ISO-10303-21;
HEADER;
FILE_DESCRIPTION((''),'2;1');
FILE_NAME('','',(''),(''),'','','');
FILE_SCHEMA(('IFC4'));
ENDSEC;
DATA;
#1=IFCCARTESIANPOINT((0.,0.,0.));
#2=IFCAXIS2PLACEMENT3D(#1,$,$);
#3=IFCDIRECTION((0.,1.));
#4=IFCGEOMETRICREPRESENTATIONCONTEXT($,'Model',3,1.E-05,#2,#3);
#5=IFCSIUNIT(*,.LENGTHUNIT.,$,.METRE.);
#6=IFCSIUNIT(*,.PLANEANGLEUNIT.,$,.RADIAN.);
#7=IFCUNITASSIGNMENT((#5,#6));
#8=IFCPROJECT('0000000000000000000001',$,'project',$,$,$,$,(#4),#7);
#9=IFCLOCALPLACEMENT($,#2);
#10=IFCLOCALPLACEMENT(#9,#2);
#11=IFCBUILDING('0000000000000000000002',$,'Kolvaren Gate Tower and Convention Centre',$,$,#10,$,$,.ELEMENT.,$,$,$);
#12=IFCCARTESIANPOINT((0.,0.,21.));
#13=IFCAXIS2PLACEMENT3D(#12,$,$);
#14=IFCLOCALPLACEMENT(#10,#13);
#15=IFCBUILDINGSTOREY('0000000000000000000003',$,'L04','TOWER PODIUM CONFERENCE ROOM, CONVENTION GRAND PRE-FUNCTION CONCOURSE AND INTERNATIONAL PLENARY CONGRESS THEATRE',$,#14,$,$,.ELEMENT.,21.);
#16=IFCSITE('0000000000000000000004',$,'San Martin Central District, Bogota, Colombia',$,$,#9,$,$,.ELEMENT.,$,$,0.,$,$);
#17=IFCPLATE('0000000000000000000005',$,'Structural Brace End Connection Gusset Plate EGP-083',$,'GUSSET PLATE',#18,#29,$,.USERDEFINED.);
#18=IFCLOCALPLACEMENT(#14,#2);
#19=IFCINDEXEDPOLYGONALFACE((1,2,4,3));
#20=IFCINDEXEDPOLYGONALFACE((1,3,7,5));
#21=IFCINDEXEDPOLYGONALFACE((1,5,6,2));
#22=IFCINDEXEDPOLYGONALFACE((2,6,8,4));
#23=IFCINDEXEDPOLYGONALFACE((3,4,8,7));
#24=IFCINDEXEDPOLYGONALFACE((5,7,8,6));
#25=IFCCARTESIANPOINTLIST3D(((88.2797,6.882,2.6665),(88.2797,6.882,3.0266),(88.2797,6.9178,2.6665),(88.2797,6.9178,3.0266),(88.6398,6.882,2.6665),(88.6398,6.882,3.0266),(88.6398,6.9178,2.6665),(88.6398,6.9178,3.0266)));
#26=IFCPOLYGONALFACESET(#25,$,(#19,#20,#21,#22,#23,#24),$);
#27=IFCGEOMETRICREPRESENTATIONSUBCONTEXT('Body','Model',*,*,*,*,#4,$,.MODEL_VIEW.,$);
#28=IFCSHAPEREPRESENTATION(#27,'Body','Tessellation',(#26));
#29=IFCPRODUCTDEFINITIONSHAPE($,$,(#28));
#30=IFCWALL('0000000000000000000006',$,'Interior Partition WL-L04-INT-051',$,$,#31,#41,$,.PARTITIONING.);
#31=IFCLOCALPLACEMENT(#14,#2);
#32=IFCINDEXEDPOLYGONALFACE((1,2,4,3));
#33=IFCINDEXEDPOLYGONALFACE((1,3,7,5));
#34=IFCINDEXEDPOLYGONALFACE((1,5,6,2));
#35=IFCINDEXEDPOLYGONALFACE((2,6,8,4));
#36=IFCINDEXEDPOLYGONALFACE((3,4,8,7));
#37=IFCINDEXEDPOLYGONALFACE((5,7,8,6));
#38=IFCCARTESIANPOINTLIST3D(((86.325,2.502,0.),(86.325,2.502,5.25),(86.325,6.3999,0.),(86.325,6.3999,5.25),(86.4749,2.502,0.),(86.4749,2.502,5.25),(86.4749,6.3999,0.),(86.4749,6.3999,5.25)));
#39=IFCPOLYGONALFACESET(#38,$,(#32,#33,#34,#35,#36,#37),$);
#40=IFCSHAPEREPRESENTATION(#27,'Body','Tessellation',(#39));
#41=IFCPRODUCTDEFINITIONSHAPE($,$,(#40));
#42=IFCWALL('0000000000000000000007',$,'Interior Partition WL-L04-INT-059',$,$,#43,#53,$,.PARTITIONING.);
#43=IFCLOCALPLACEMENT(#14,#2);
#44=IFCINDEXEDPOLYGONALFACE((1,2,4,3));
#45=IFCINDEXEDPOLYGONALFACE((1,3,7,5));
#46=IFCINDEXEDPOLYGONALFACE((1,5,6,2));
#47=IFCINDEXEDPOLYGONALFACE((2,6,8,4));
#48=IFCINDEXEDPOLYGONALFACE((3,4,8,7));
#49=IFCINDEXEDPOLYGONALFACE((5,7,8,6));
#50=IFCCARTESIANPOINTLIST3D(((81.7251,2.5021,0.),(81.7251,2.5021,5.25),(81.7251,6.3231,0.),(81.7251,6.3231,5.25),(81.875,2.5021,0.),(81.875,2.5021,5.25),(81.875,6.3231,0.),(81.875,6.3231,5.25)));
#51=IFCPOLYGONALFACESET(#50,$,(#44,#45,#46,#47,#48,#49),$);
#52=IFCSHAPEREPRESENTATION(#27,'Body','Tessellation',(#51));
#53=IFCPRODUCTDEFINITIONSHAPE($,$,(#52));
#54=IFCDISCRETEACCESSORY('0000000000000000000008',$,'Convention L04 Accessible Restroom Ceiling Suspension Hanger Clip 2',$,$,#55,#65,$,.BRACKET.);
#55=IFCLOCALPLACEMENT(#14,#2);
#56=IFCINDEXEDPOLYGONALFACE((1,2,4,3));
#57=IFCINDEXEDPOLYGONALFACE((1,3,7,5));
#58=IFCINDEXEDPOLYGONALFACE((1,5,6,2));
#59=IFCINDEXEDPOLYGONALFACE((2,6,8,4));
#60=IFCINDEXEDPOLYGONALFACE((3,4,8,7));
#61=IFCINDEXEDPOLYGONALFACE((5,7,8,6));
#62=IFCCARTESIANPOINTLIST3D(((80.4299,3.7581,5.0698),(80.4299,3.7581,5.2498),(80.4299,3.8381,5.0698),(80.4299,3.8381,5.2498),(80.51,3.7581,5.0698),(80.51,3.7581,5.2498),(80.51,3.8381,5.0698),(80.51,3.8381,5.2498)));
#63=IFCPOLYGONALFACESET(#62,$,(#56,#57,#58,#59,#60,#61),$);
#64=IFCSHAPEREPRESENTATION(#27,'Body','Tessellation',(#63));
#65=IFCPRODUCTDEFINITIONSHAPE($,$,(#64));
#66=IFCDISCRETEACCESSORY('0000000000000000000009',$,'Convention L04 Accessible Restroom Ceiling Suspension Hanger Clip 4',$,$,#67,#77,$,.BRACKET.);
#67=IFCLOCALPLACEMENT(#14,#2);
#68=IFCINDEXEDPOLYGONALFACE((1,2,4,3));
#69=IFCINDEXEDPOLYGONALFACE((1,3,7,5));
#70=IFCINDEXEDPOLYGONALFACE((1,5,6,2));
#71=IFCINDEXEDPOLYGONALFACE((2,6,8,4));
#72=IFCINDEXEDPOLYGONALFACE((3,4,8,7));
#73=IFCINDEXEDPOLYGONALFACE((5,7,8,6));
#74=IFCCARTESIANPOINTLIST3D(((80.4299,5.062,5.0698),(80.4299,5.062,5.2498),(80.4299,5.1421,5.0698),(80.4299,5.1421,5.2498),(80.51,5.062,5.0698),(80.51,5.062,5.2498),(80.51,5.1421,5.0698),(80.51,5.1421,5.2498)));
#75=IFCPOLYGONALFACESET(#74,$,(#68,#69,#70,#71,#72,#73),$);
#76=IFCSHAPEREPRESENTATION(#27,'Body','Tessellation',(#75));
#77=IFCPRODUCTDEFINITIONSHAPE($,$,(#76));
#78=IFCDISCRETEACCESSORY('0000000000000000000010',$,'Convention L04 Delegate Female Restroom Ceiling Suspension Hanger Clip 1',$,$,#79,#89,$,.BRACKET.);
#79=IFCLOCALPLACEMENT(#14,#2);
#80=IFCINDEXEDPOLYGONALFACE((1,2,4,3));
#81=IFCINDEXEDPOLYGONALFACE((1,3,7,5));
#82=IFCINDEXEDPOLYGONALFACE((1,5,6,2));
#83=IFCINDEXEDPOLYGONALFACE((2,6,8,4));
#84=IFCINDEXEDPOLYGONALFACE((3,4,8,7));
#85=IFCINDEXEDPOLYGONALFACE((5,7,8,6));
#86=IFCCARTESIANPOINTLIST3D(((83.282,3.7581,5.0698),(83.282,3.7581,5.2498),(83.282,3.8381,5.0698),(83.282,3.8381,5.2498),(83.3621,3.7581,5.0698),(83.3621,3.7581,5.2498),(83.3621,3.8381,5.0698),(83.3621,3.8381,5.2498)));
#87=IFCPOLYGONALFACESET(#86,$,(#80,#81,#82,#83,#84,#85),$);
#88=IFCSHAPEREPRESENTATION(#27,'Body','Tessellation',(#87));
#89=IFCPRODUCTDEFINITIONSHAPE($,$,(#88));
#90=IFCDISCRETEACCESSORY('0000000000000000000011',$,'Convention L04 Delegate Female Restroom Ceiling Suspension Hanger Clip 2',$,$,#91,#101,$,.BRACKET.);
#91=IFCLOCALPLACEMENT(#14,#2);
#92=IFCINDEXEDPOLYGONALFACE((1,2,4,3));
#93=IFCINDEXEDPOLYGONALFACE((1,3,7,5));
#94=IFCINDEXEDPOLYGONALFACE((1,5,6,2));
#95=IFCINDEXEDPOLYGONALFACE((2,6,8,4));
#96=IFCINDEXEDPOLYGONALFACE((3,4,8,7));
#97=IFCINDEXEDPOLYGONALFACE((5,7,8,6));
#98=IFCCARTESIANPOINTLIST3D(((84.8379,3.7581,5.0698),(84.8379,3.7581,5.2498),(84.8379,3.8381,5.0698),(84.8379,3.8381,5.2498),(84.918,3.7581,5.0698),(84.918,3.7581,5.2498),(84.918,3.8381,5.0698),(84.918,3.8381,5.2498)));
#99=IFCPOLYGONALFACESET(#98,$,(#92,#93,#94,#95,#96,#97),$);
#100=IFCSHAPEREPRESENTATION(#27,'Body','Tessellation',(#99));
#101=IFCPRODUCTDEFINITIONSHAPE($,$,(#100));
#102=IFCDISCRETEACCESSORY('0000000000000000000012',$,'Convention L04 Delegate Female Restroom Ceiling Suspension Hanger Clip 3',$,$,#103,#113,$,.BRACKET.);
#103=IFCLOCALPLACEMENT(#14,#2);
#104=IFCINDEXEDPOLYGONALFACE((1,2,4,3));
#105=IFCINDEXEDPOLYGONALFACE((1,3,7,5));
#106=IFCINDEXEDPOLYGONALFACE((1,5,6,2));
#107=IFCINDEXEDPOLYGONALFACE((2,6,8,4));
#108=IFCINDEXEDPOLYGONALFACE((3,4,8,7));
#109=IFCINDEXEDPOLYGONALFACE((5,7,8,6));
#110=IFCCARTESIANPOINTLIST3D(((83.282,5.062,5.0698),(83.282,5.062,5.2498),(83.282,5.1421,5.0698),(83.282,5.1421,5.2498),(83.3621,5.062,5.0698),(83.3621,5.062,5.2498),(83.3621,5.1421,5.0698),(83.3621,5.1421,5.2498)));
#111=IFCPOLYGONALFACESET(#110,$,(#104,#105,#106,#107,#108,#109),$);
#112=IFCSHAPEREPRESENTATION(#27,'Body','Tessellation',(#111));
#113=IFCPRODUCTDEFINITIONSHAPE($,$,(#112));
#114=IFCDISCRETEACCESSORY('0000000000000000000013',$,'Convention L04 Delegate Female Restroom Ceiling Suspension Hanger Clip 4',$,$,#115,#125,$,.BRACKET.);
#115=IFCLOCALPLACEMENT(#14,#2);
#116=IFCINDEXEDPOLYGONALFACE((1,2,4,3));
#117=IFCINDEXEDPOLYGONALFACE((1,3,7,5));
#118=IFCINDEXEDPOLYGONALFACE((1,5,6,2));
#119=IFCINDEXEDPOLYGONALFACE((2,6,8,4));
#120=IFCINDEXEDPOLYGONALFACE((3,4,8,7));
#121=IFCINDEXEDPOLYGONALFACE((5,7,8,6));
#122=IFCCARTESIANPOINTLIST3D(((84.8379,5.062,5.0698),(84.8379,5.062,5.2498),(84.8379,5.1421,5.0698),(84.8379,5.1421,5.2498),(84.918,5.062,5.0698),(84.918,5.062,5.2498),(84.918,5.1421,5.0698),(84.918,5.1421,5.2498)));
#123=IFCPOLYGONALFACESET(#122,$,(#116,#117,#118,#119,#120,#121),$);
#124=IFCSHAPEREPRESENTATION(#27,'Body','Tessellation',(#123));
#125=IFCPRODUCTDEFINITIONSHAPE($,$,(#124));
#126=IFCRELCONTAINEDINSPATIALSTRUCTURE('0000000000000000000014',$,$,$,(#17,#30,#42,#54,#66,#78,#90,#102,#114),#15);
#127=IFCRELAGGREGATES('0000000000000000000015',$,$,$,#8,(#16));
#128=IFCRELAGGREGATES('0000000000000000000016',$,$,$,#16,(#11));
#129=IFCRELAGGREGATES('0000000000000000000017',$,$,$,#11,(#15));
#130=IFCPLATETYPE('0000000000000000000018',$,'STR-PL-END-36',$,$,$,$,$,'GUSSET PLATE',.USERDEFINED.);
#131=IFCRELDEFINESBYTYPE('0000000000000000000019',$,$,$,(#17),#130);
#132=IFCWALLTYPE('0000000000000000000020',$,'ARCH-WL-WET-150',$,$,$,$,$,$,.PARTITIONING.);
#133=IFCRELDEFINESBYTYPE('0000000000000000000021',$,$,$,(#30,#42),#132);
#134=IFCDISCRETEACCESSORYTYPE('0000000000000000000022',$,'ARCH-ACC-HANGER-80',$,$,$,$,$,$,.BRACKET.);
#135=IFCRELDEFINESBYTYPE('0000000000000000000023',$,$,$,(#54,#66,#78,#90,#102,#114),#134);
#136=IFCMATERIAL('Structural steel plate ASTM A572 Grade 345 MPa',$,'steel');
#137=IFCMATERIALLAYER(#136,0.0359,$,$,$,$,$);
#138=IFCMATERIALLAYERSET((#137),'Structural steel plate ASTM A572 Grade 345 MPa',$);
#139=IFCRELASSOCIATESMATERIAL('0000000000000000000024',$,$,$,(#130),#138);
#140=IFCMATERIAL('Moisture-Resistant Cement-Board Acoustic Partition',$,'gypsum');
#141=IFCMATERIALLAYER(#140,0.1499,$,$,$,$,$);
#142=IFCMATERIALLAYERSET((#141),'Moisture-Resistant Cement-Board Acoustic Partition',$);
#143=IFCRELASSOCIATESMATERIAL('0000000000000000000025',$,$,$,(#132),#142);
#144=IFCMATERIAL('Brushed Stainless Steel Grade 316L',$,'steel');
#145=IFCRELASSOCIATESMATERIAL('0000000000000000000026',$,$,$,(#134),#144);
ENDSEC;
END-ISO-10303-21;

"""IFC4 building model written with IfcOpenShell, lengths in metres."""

from ifc_helpers import new_model, si_unit, direction, frame, frame_2d, origin, origin_2d, place, context, subcontext, project, spatial, rectangle, extrude, material, layer, layer_set, type_object, element, save


model = new_model("IFC4")

# Units and contexts
model_context = context("Model", 3, precision=1e-05, world=origin(), true_north=direction((0.0, 1.0)))
body_context = subcontext(model_context, "Body", "Model", "MODEL_VIEW")
ifc_project = project(units=[si_unit("LENGTHUNIT", "METRE"), si_unit("PLANEANGLEUNIT", "RADIAN")], contexts=[model_context])

# Site, building, storey
site_placement = place(None, origin())
site = spatial("IfcSite", under=ifc_project, at=site_placement, Name="San Martin Central District, Bogota, Colombia", CompositionType="ELEMENT", RefElevation=0.0)
building_placement = place(site_placement, origin())
building = spatial("IfcBuilding", under=site, at=building_placement, Name="Kolvaren Gate Tower and Convention Centre", CompositionType="ELEMENT")
storey_placement = place(building_placement, frame((0.0, 0.0, 21.0)))
storey = spatial("IfcBuildingStorey", under=building, at=storey_placement, Name="L04", Description="TOWER PODIUM CONFERENCE ROOM, CONVENTION GRAND PRE-FUNCTION CONCOURSE AND INTERNATIONAL PLENARY CONGRESS THEATRE", CompositionType="ELEMENT", Elevation=21.0)

# Plate
ifc_material_1 = material(Name="Structural steel plate ASTM A572 Grade 345 MPa", Category="steel")
ifc_layer_1 = layer(ifc_material_1, 0.0359)
ifc_layer_set_1 = layer_set([ifc_layer_1], Name="Structural steel plate ASTM A572 Grade 345 MPa")
plate_type = type_object("IfcPlateType", Name="STR-PL-END-36", ElementType="GUSSET PLATE", PredefinedType="USERDEFINED", material=ifc_layer_set_1)
for number, where, z_axis, x_axis, name in (
    (1, (88.4597, 6.8999, 2.6665), (0.0, 0.0, 1.0), (1.0, 0.0, 0.0), "Structural Brace End Connection Gusset Plate EGP-083"),
):
    element("IfcPlate", number, at=place(storey_placement, frame(where, z_axis=z_axis, x_axis=x_axis)), inside=storey, type_object=plate_type, Name=name, ObjectType="GUSSET PLATE", PredefinedType="USERDEFINED", context=body_context, shape_type="SweptSolid", body=[
        extrude(rectangle(XDim=0.3601, YDim=0.0359, at=origin_2d()), origin(), (0.0, 0.0, 1.0), 0.3601),
    ])

# Walls
ifc_material_2 = material(Name="Moisture-Resistant Cement-Board Acoustic Partition", Category="gypsum")
ifc_layer_2 = layer(ifc_material_2, 0.1499)
ifc_layer_set_2 = layer_set([ifc_layer_2], Name="Moisture-Resistant Cement-Board Acoustic Partition")
wall_type = type_object("IfcWallType", Name="ARCH-WL-WET-150", PredefinedType="PARTITIONING", material=ifc_layer_set_2)
wall_1_placement = place(storey_placement, frame((86.3999, 2.502, 0.0), z_axis=(0.0, 0.0, 1.0), x_axis=(0.0, 1.0, 0.0)))
element("IfcWall", 2, at=wall_1_placement, inside=storey, type_object=wall_type, Name="Interior Partition WL-L04-INT-051", PredefinedType="PARTITIONING", context=body_context, shape_type="SweptSolid", body=[
    extrude(rectangle(XDim=3.8979, YDim=0.1499, at=frame_2d((1.949, 0.0))), origin(), (0.0, 0.0, 1.0), 5.25),
])
wall_2_placement = place(storey_placement, frame((81.8, 2.502, 0.0), z_axis=(0.0, 0.0, 1.0), x_axis=(0.0, 1.0, 0.0)))
element("IfcWall", 3, at=wall_2_placement, inside=storey, type_object=wall_type, Name="Interior Partition WL-L04-INT-059", PredefinedType="PARTITIONING", context=body_context, shape_type="SweptSolid", body=[
    extrude(rectangle(XDim=3.821, YDim=0.1499, at=frame_2d((1.9106, 0.0))), origin(), (0.0, 0.0, 1.0), 5.25),
])

# Discrete accessories
ifc_material_3 = material(Name="Brushed Stainless Steel Grade 316L", Category="steel")
discrete_accessory_type = type_object("IfcDiscreteAccessoryType", Name="ARCH-ACC-HANGER-80", PredefinedType="BRACKET", material=ifc_material_3)
for number, where, z_axis, x_axis, name in (
    (4, (80.47, 3.7981, 5.0698), (0.0, 0.0, 1.0), (1.0, 0.0, 0.0), "Convention L04 Accessible Restroom Ceiling Suspension Hanger Clip 2"),
    (5, (80.47, 5.1021, 5.0698), (0.0, 0.0, 1.0), (1.0, 0.0, 0.0), "Convention L04 Accessible Restroom Ceiling Suspension Hanger Clip 4"),
    (6, (83.322, 3.7981, 5.0698), (0.0, 0.0, 1.0), (1.0, 0.0, 0.0), "Convention L04 Delegate Female Restroom Ceiling Suspension Hanger Clip 1"),
    (7, (84.8779, 3.7981, 5.0698), (0.0, 0.0, 1.0), (1.0, 0.0, 0.0), "Convention L04 Delegate Female Restroom Ceiling Suspension Hanger Clip 2"),
    (8, (83.322, 5.1021, 5.0698), (0.0, 0.0, 1.0), (1.0, 0.0, 0.0), "Convention L04 Delegate Female Restroom Ceiling Suspension Hanger Clip 3"),
    (9, (84.8779, 5.1021, 5.0698), (0.0, 0.0, 1.0), (1.0, 0.0, 0.0), "Convention L04 Delegate Female Restroom Ceiling Suspension Hanger Clip 4"),
):
    element("IfcDiscreteAccessory", number, at=place(storey_placement, frame(where, z_axis=z_axis, x_axis=x_axis)), inside=storey, type_object=discrete_accessory_type, Name=name, PredefinedType="BRACKET", context=body_context, shape_type="SweptSolid", body=[
        extrude(rectangle(XDim=0.0801, YDim=0.0801, at=origin_2d()), origin(), (0.0, 0.0, 1.0), 0.1799),
    ])

save(model, "model.ifc")
